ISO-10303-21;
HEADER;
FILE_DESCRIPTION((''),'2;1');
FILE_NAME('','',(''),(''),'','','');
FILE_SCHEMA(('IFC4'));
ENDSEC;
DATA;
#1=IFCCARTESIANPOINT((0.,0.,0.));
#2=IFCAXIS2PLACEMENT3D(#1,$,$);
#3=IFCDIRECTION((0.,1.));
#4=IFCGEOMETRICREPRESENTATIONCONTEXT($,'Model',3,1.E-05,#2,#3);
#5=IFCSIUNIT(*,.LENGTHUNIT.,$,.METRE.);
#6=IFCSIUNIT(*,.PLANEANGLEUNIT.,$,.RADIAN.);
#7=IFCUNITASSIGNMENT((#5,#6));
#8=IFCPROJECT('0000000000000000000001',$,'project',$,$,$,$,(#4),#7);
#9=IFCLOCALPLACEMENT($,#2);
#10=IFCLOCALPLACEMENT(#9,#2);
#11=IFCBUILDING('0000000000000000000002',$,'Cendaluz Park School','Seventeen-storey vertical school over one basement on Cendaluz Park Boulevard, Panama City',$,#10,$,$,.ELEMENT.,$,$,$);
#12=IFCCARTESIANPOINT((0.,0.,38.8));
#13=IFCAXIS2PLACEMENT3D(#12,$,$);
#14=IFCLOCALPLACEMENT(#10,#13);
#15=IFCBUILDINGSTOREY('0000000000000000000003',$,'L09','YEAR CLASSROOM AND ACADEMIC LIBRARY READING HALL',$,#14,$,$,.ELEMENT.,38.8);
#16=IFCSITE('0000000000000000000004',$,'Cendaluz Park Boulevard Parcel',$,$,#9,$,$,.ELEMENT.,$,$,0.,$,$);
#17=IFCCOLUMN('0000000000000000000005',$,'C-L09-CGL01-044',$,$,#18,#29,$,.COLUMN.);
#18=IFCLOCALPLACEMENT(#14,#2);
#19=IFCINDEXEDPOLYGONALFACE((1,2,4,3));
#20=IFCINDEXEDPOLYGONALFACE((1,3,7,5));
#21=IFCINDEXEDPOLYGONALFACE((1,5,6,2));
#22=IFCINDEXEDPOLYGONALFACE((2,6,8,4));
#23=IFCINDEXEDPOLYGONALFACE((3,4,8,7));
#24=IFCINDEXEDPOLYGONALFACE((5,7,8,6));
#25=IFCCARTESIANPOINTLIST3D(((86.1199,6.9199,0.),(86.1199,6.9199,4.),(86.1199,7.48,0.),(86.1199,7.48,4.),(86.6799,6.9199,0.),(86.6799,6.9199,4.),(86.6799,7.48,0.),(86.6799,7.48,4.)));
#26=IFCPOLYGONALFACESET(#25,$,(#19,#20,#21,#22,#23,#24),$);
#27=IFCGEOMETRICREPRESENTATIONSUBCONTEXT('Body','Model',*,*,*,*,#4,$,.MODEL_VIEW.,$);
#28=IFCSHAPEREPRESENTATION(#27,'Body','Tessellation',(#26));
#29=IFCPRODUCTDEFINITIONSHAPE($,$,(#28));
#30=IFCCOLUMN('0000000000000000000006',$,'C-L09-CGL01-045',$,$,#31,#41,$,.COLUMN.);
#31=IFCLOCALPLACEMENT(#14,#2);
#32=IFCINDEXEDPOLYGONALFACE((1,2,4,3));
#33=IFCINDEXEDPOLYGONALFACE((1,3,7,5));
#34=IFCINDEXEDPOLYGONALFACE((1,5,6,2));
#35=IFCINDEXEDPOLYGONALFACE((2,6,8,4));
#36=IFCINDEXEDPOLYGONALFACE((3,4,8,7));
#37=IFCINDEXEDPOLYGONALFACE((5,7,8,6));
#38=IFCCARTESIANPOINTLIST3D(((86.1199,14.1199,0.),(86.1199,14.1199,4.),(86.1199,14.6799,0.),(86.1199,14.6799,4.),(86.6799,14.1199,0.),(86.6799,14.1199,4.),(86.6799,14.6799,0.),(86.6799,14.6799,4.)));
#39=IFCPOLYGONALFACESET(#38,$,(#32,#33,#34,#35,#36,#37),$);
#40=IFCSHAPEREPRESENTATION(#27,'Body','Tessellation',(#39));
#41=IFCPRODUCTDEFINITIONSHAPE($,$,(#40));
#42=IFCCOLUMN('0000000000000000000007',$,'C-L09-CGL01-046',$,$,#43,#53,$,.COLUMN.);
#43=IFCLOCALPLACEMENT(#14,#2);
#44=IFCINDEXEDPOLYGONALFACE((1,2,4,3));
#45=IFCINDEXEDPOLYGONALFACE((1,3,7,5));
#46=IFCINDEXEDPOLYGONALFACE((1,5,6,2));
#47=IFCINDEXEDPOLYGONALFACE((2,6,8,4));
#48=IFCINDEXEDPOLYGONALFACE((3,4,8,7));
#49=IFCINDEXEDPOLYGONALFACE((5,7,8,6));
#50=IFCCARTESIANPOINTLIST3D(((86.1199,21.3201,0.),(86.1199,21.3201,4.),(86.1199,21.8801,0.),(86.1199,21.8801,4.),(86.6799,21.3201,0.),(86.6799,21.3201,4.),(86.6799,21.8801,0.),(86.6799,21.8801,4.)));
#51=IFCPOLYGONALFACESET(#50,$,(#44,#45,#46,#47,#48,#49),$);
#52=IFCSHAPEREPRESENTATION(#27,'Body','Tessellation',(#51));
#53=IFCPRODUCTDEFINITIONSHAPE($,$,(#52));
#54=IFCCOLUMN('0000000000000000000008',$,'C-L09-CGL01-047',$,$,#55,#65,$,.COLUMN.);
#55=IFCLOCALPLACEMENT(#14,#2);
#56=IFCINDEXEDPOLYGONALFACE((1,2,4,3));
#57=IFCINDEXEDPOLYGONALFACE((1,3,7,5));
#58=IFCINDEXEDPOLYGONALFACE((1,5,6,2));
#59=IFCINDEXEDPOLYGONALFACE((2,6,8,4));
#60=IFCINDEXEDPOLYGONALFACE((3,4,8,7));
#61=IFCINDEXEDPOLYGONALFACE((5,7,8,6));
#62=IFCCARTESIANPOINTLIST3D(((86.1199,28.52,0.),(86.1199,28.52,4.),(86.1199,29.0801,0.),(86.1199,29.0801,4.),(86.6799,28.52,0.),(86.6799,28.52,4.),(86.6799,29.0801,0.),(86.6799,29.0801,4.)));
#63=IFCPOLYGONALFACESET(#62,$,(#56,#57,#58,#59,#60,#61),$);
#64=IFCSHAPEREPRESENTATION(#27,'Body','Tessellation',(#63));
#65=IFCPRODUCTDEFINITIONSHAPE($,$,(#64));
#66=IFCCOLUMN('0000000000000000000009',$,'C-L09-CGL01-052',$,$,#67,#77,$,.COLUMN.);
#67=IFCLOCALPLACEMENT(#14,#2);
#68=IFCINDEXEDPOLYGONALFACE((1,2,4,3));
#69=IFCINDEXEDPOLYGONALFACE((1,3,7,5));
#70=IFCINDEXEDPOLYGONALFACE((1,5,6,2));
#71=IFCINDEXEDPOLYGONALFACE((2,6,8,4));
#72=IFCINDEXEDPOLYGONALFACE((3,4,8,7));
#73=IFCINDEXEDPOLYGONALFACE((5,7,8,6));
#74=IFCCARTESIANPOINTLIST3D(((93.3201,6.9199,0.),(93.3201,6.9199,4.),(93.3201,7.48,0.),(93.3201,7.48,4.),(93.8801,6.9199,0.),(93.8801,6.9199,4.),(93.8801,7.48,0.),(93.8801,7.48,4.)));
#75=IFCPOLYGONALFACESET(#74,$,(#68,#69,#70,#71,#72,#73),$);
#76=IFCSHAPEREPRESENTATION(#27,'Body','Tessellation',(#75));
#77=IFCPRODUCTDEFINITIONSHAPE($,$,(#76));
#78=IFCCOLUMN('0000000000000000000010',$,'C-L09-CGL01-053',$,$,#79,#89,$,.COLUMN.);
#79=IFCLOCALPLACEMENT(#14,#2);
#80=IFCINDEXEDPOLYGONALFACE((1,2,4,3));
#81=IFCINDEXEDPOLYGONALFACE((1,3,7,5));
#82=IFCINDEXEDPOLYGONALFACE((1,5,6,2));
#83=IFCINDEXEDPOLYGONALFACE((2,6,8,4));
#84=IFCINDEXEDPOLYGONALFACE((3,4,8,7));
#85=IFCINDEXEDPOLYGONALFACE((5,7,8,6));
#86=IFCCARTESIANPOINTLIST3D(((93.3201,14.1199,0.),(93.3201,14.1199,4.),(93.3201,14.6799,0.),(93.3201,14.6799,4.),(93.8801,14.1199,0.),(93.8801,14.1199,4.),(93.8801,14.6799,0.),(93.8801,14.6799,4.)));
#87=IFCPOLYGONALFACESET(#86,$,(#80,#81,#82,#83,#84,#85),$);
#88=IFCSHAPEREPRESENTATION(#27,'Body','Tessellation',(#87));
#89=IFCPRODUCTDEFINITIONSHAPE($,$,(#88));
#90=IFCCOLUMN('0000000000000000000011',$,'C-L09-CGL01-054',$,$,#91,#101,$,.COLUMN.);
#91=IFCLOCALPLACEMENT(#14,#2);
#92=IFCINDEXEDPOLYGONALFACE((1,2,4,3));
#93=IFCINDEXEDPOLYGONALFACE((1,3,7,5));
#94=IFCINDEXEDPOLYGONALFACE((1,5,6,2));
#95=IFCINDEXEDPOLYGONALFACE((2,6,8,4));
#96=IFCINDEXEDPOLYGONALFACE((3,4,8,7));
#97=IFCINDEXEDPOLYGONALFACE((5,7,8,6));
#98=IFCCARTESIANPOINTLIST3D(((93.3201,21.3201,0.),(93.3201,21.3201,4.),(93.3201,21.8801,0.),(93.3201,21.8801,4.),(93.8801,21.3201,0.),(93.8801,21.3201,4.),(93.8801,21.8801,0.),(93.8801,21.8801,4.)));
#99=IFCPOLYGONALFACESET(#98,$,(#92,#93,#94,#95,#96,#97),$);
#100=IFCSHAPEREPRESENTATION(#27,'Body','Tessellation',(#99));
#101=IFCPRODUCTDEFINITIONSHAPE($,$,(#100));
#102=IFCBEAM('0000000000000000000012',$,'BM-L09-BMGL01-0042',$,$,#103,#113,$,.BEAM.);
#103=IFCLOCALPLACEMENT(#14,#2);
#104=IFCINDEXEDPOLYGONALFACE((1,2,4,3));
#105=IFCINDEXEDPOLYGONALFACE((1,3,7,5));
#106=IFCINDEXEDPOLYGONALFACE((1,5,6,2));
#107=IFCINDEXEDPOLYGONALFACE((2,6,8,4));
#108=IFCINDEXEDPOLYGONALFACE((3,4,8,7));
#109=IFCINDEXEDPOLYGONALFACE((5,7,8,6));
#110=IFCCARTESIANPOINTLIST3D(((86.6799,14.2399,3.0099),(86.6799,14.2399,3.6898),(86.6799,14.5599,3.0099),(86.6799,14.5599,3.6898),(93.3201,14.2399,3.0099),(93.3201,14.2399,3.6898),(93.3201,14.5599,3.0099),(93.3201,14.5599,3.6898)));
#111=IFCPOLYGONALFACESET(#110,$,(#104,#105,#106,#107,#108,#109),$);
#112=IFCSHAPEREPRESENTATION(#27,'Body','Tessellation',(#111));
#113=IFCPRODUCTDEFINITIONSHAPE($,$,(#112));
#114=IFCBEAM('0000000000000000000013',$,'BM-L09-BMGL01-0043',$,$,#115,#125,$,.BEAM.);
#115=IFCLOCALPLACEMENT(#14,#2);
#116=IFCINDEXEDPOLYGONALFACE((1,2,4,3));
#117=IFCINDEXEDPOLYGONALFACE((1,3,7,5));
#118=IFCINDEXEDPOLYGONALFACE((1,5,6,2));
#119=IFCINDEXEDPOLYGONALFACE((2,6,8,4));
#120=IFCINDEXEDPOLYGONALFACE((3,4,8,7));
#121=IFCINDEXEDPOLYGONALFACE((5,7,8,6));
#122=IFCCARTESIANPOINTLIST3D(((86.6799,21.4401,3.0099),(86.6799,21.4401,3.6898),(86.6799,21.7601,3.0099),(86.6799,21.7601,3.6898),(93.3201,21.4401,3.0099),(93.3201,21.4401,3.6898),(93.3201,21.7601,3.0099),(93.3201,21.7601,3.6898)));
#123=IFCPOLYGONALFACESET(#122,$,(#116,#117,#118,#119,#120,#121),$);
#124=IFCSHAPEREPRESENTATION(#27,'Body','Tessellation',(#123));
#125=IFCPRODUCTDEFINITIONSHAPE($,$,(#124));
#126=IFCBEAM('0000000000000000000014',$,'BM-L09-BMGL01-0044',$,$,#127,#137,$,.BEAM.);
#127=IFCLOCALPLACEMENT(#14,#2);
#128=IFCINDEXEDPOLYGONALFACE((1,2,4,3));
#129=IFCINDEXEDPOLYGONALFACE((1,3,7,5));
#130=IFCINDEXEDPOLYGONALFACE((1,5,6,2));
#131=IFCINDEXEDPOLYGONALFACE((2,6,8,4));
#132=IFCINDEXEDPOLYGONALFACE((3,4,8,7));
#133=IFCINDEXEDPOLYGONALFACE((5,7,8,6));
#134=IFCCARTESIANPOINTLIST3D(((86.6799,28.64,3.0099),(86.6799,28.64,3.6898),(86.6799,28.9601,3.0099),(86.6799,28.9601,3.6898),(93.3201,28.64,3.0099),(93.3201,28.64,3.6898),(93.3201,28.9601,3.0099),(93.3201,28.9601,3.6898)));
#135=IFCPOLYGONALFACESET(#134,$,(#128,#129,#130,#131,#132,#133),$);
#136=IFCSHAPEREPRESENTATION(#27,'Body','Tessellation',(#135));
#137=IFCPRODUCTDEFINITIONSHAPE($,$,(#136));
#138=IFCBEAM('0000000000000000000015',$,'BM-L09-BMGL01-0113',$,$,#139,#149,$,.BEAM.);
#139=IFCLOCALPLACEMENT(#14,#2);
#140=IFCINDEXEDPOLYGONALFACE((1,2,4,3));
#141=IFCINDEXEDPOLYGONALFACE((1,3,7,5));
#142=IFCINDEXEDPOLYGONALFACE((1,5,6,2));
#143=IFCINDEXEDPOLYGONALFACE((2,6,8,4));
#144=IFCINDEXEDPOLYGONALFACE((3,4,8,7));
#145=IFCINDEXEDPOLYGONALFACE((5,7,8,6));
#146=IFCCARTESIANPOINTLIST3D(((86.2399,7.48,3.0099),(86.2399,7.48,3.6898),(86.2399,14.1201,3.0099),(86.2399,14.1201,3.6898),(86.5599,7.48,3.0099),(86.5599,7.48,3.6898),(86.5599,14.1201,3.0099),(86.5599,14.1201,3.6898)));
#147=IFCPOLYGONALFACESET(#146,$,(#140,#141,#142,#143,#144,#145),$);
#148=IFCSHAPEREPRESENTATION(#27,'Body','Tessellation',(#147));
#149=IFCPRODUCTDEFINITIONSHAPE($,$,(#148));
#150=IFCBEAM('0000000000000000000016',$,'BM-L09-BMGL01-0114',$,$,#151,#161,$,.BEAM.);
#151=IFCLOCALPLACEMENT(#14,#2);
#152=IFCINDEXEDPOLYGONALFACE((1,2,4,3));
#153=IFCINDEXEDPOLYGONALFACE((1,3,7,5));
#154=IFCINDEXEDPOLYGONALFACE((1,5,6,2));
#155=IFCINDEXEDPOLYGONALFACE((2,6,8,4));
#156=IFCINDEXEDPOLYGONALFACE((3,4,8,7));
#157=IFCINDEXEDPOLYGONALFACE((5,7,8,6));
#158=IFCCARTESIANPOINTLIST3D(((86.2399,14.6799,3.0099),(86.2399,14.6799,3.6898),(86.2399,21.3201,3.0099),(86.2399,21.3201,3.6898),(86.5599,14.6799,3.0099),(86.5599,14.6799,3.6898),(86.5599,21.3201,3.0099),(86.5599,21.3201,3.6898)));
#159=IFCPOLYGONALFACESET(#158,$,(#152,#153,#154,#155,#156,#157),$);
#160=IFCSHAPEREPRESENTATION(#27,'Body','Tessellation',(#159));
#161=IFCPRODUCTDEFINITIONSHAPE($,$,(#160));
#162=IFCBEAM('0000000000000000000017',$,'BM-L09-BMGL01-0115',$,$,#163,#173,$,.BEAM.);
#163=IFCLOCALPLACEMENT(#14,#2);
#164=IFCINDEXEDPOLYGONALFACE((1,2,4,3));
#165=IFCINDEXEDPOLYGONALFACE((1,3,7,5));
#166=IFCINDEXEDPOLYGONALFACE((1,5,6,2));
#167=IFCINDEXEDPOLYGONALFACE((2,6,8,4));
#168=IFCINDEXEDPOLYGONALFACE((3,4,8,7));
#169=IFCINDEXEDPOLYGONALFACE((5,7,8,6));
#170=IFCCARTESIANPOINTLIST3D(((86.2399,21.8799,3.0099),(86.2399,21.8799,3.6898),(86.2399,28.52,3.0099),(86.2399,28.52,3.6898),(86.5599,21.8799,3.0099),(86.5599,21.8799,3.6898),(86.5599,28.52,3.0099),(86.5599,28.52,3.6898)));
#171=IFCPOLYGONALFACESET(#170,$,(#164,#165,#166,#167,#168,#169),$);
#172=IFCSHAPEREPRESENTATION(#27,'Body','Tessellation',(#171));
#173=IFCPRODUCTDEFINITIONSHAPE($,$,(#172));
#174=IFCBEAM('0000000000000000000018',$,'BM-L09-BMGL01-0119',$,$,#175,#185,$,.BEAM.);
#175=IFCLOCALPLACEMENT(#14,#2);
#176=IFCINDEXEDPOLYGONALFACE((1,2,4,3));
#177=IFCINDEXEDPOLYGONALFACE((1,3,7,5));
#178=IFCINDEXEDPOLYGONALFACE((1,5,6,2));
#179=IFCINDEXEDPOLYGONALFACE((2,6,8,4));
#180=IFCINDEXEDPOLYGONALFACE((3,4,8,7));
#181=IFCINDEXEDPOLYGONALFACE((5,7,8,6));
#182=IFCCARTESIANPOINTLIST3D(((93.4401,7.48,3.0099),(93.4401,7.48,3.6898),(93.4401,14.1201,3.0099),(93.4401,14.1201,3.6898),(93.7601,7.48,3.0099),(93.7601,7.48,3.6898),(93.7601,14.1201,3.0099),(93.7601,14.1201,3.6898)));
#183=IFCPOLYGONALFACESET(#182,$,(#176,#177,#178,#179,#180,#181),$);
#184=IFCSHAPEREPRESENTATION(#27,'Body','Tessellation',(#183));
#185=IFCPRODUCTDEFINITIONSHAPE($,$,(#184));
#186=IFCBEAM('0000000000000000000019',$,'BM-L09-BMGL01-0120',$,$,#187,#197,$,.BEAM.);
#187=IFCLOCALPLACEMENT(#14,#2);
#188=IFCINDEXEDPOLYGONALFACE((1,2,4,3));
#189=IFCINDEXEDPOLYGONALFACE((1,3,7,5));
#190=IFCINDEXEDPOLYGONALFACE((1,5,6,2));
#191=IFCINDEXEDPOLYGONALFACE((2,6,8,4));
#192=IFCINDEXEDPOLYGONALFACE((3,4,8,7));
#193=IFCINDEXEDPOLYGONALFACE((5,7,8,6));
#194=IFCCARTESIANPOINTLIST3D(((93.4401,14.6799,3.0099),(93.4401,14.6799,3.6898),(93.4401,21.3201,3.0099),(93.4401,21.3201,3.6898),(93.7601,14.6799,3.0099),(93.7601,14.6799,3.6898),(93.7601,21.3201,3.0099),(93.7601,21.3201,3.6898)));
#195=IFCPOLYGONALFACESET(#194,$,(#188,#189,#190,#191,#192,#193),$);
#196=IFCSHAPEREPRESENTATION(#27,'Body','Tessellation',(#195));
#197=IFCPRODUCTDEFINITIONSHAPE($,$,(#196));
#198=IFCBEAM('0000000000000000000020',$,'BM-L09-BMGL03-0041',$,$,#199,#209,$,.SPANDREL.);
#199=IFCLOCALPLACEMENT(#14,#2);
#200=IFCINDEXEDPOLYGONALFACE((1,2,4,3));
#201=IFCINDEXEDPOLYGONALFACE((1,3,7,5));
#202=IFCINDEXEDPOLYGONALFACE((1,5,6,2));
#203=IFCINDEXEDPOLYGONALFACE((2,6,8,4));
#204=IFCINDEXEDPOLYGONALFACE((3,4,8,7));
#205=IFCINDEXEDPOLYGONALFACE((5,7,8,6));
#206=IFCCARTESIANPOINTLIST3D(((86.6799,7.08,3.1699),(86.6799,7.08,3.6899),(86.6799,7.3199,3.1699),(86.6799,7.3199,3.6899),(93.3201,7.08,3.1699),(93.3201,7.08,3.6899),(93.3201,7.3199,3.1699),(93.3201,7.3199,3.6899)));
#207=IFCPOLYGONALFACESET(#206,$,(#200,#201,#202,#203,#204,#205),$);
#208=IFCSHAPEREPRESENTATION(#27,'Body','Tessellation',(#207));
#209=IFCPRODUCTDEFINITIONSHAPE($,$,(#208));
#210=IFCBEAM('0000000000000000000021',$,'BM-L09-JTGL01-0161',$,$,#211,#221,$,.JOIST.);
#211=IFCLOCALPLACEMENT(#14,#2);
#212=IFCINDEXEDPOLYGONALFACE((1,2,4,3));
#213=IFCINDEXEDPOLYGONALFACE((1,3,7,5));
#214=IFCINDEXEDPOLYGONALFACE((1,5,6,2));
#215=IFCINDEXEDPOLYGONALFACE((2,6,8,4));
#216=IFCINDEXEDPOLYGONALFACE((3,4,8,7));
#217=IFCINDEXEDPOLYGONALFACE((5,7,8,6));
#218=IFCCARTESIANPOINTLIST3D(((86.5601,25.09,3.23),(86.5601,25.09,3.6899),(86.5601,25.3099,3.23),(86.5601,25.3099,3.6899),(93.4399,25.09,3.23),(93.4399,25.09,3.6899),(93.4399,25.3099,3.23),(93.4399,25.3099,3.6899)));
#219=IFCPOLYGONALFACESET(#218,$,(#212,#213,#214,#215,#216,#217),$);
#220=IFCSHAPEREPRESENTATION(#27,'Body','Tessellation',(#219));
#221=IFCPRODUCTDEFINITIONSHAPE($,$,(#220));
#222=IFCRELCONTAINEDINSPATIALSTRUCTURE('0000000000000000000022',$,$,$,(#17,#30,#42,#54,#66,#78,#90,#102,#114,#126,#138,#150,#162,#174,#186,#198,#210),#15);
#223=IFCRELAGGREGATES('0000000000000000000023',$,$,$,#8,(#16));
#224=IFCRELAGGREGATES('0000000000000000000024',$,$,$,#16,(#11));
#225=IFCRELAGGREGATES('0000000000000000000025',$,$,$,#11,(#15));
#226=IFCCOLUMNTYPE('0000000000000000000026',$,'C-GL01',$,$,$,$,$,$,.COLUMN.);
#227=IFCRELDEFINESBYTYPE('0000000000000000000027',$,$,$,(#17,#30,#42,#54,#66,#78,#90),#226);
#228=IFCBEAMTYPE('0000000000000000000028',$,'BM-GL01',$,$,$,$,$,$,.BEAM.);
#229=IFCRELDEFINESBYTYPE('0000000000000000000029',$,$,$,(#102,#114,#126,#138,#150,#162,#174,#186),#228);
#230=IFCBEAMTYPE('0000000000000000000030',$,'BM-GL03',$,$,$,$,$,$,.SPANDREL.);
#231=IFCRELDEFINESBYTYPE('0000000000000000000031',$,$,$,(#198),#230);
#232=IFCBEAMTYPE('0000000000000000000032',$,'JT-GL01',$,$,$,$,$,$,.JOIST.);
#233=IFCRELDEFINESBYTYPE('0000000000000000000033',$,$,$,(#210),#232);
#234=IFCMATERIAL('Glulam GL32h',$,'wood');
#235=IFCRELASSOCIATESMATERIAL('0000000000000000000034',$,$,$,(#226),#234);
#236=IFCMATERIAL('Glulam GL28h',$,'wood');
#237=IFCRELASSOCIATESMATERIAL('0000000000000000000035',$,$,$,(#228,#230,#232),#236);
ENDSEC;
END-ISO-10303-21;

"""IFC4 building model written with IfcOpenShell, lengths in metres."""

from ifc_helpers import new_model, si_unit, direction, frame, origin, origin_2d, place, context, subcontext, project, spatial, rectangle, extrude, material, material_profile, profile_set, type_object, element, save


model = new_model("IFC4")

# Units and contexts
model_context = context("Model", 3, precision=1e-05, world=origin(), true_north=direction((0.0, 1.0)))
body_context = subcontext(model_context, "Body", "Model", "MODEL_VIEW")
ifc_project = project(units=[si_unit("LENGTHUNIT", "METRE"), si_unit("PLANEANGLEUNIT", "RADIAN")], contexts=[model_context])

# Site, building, storey
site_placement = place(None, origin())
site = spatial("IfcSite", under=ifc_project, at=site_placement, Name="Cendaluz Park Boulevard Parcel", CompositionType="ELEMENT", RefElevation=0.0)
building_placement = place(site_placement, origin())
building = spatial("IfcBuilding", under=site, at=building_placement, Name="Cendaluz Park School", Description="Seventeen-storey vertical school over one basement on Cendaluz Park Boulevard, Panama City", CompositionType="ELEMENT")
storey_placement = place(building_placement, frame((0.0, 0.0, 38.8)))
storey = spatial("IfcBuildingStorey", under=building, at=storey_placement, Name="L09", Description="YEAR CLASSROOM AND ACADEMIC LIBRARY READING HALL", CompositionType="ELEMENT", Elevation=38.8)

# Columns
ifc_material_1 = material(Name="Glulam GL32h", Category="wood")
ifc_material_profile_1 = material_profile(ifc_material_1, rectangle(XDim=0.5601, YDim=0.5601, at=origin_2d()), Name="GL32h 560x560", Category="wood")
ifc_profile_set_1 = profile_set([ifc_material_profile_1], Name="Glulam GL32h")
column_type = type_object("IfcColumnType", Name="C-GL01", PredefinedType="COLUMN", material=ifc_profile_set_1)
for number, where, z_axis, x_axis, name in (
    (1, (86.3999, 7.2, 0.0), (0.0, 0.0, 1.0), (1.0, 0.0, 0.0), "C-L09-CGL01-044"),
    (2, (86.3999, 14.3999, 0.0), (0.0, 0.0, 1.0), (1.0, 0.0, 0.0), "C-L09-CGL01-045"),
    (3, (86.3999, 21.6001, 0.0), (0.0, 0.0, 1.0), (1.0, 0.0, 0.0), "C-L09-CGL01-046"),
    (4, (86.3999, 28.8, 0.0), (0.0, 0.0, 1.0), (1.0, 0.0, 0.0), "C-L09-CGL01-047"),
    (5, (93.6001, 7.2, 0.0), (0.0, 0.0, 1.0), (1.0, 0.0, 0.0), "C-L09-CGL01-052"),
    (6, (93.6001, 14.3999, 0.0), (0.0, 0.0, 1.0), (1.0, 0.0, 0.0), "C-L09-CGL01-053"),
    (7, (93.6001, 21.6001, 0.0), (0.0, 0.0, 1.0), (1.0, 0.0, 0.0), "C-L09-CGL01-054"),
):
    element("IfcColumn", number, at=place(storey_placement, frame(where, z_axis=z_axis, x_axis=x_axis)), inside=storey, type_object=column_type, Name=name, PredefinedType="COLUMN", context=body_context, shape_type="SweptSolid", body=[
        extrude(rectangle(XDim=0.5601, YDim=0.5601, at=origin_2d()), origin(), (0.0, 0.0, 1.0), 4.0),
    ])

# Beams
ifc_material_2 = material(Name="Glulam GL28h", Category="wood")
ifc_material_profile_2 = material_profile(ifc_material_2, rectangle(XDim=0.3201, YDim=0.6799, at=origin_2d()), Name="GL28h 320x680", Category="wood")
ifc_profile_set_2 = profile_set([ifc_material_profile_2], Name="Glulam GL28h")
beam_type_1 = type_object("IfcBeamType", Name="BM-GL01", PredefinedType="BEAM", material=ifc_profile_set_2)
for number, where, z_axis, x_axis, name in (
    (8, (86.6799, 14.3999, 3.3499), (1.0, 0.0, 0.0), (0.0, 1.0, 0.0), "BM-L09-BMGL01-0042"),
    (9, (86.6799, 21.6001, 3.3499), (1.0, 0.0, 0.0), (0.0, 1.0, 0.0), "BM-L09-BMGL01-0043"),
    (10, (86.6799, 28.8, 3.3499), (1.0, 0.0, 0.0), (0.0, 1.0, 0.0), "BM-L09-BMGL01-0044"),
    (11, (86.3999, 7.48, 3.3499), (0.0, 1.0, 0.0), (-1.0, 0.0, 0.0), "BM-L09-BMGL01-0113"),
    (12, (86.3999, 14.6799, 3.3499), (0.0, 1.0, 0.0), (-1.0, 0.0, 0.0), "BM-L09-BMGL01-0114"),
    (13, (86.3999, 21.8799, 3.3499), (0.0, 1.0, 0.0), (-1.0, 0.0, 0.0), "BM-L09-BMGL01-0115"),
    (14, (93.6001, 7.48, 3.3499), (0.0, 1.0, 0.0), (-1.0, 0.0, 0.0), "BM-L09-BMGL01-0119"),
    (15, (93.6001, 14.6799, 3.3499), (0.0, 1.0, 0.0), (-1.0, 0.0, 0.0), "BM-L09-BMGL01-0120"),
):
    element("IfcBeam", number, at=place(storey_placement, frame(where, z_axis=z_axis, x_axis=x_axis)), inside=storey, type_object=beam_type_1, Name=name, PredefinedType="BEAM", context=body_context, shape_type="SweptSolid", body=[
        extrude(rectangle(XDim=0.3201, YDim=0.6799, at=origin_2d()), origin(), (0.0, 0.0, 1.0), 6.6401),
    ])
ifc_material_profile_3 = material_profile(ifc_material_2, rectangle(XDim=0.24, YDim=0.52, at=origin_2d()), Name="GL28h 240x520", Category="wood")
ifc_profile_set_3 = profile_set([ifc_material_profile_3], Name="Glulam GL28h")
beam_type_2 = type_object("IfcBeamType", Name="BM-GL03", PredefinedType="SPANDREL", material=ifc_profile_set_3)
beam_1_placement = place(storey_placement, frame((86.6799, 7.2, 3.4299), z_axis=(1.0, 0.0, 0.0), x_axis=(0.0, 1.0, 0.0)))
element("IfcBeam", 16, at=beam_1_placement, inside=storey, type_object=beam_type_2, Name="BM-L09-BMGL03-0041", PredefinedType="SPANDREL", context=body_context, shape_type="SweptSolid", body=[
    extrude(rectangle(XDim=0.24, YDim=0.52, at=origin_2d()), origin(), (0.0, 0.0, 1.0), 6.6401),
])
ifc_material_profile_4 = material_profile(ifc_material_2, rectangle(XDim=0.22, YDim=0.46, at=origin_2d()), Name="GL28h 220x460", Category="wood")
ifc_profile_set_4 = profile_set([ifc_material_profile_4], Name="Glulam GL28h")
beam_type_3 = type_object("IfcBeamType", Name="JT-GL01", PredefinedType="JOIST", material=ifc_profile_set_4)
beam_2_placement = place(storey_placement, frame((86.5601, 25.2, 3.46), z_axis=(1.0, 0.0, 0.0), x_axis=(0.0, 1.0, 0.0)))
element("IfcBeam", 17, at=beam_2_placement, inside=storey, type_object=beam_type_3, Name="BM-L09-JTGL01-0161", PredefinedType="JOIST", context=body_context, shape_type="SweptSolid", body=[
    extrude(rectangle(XDim=0.22, YDim=0.46, at=origin_2d()), origin(), (0.0, 0.0, 1.0), 6.8799),
])

save(model, "model.ifc")
